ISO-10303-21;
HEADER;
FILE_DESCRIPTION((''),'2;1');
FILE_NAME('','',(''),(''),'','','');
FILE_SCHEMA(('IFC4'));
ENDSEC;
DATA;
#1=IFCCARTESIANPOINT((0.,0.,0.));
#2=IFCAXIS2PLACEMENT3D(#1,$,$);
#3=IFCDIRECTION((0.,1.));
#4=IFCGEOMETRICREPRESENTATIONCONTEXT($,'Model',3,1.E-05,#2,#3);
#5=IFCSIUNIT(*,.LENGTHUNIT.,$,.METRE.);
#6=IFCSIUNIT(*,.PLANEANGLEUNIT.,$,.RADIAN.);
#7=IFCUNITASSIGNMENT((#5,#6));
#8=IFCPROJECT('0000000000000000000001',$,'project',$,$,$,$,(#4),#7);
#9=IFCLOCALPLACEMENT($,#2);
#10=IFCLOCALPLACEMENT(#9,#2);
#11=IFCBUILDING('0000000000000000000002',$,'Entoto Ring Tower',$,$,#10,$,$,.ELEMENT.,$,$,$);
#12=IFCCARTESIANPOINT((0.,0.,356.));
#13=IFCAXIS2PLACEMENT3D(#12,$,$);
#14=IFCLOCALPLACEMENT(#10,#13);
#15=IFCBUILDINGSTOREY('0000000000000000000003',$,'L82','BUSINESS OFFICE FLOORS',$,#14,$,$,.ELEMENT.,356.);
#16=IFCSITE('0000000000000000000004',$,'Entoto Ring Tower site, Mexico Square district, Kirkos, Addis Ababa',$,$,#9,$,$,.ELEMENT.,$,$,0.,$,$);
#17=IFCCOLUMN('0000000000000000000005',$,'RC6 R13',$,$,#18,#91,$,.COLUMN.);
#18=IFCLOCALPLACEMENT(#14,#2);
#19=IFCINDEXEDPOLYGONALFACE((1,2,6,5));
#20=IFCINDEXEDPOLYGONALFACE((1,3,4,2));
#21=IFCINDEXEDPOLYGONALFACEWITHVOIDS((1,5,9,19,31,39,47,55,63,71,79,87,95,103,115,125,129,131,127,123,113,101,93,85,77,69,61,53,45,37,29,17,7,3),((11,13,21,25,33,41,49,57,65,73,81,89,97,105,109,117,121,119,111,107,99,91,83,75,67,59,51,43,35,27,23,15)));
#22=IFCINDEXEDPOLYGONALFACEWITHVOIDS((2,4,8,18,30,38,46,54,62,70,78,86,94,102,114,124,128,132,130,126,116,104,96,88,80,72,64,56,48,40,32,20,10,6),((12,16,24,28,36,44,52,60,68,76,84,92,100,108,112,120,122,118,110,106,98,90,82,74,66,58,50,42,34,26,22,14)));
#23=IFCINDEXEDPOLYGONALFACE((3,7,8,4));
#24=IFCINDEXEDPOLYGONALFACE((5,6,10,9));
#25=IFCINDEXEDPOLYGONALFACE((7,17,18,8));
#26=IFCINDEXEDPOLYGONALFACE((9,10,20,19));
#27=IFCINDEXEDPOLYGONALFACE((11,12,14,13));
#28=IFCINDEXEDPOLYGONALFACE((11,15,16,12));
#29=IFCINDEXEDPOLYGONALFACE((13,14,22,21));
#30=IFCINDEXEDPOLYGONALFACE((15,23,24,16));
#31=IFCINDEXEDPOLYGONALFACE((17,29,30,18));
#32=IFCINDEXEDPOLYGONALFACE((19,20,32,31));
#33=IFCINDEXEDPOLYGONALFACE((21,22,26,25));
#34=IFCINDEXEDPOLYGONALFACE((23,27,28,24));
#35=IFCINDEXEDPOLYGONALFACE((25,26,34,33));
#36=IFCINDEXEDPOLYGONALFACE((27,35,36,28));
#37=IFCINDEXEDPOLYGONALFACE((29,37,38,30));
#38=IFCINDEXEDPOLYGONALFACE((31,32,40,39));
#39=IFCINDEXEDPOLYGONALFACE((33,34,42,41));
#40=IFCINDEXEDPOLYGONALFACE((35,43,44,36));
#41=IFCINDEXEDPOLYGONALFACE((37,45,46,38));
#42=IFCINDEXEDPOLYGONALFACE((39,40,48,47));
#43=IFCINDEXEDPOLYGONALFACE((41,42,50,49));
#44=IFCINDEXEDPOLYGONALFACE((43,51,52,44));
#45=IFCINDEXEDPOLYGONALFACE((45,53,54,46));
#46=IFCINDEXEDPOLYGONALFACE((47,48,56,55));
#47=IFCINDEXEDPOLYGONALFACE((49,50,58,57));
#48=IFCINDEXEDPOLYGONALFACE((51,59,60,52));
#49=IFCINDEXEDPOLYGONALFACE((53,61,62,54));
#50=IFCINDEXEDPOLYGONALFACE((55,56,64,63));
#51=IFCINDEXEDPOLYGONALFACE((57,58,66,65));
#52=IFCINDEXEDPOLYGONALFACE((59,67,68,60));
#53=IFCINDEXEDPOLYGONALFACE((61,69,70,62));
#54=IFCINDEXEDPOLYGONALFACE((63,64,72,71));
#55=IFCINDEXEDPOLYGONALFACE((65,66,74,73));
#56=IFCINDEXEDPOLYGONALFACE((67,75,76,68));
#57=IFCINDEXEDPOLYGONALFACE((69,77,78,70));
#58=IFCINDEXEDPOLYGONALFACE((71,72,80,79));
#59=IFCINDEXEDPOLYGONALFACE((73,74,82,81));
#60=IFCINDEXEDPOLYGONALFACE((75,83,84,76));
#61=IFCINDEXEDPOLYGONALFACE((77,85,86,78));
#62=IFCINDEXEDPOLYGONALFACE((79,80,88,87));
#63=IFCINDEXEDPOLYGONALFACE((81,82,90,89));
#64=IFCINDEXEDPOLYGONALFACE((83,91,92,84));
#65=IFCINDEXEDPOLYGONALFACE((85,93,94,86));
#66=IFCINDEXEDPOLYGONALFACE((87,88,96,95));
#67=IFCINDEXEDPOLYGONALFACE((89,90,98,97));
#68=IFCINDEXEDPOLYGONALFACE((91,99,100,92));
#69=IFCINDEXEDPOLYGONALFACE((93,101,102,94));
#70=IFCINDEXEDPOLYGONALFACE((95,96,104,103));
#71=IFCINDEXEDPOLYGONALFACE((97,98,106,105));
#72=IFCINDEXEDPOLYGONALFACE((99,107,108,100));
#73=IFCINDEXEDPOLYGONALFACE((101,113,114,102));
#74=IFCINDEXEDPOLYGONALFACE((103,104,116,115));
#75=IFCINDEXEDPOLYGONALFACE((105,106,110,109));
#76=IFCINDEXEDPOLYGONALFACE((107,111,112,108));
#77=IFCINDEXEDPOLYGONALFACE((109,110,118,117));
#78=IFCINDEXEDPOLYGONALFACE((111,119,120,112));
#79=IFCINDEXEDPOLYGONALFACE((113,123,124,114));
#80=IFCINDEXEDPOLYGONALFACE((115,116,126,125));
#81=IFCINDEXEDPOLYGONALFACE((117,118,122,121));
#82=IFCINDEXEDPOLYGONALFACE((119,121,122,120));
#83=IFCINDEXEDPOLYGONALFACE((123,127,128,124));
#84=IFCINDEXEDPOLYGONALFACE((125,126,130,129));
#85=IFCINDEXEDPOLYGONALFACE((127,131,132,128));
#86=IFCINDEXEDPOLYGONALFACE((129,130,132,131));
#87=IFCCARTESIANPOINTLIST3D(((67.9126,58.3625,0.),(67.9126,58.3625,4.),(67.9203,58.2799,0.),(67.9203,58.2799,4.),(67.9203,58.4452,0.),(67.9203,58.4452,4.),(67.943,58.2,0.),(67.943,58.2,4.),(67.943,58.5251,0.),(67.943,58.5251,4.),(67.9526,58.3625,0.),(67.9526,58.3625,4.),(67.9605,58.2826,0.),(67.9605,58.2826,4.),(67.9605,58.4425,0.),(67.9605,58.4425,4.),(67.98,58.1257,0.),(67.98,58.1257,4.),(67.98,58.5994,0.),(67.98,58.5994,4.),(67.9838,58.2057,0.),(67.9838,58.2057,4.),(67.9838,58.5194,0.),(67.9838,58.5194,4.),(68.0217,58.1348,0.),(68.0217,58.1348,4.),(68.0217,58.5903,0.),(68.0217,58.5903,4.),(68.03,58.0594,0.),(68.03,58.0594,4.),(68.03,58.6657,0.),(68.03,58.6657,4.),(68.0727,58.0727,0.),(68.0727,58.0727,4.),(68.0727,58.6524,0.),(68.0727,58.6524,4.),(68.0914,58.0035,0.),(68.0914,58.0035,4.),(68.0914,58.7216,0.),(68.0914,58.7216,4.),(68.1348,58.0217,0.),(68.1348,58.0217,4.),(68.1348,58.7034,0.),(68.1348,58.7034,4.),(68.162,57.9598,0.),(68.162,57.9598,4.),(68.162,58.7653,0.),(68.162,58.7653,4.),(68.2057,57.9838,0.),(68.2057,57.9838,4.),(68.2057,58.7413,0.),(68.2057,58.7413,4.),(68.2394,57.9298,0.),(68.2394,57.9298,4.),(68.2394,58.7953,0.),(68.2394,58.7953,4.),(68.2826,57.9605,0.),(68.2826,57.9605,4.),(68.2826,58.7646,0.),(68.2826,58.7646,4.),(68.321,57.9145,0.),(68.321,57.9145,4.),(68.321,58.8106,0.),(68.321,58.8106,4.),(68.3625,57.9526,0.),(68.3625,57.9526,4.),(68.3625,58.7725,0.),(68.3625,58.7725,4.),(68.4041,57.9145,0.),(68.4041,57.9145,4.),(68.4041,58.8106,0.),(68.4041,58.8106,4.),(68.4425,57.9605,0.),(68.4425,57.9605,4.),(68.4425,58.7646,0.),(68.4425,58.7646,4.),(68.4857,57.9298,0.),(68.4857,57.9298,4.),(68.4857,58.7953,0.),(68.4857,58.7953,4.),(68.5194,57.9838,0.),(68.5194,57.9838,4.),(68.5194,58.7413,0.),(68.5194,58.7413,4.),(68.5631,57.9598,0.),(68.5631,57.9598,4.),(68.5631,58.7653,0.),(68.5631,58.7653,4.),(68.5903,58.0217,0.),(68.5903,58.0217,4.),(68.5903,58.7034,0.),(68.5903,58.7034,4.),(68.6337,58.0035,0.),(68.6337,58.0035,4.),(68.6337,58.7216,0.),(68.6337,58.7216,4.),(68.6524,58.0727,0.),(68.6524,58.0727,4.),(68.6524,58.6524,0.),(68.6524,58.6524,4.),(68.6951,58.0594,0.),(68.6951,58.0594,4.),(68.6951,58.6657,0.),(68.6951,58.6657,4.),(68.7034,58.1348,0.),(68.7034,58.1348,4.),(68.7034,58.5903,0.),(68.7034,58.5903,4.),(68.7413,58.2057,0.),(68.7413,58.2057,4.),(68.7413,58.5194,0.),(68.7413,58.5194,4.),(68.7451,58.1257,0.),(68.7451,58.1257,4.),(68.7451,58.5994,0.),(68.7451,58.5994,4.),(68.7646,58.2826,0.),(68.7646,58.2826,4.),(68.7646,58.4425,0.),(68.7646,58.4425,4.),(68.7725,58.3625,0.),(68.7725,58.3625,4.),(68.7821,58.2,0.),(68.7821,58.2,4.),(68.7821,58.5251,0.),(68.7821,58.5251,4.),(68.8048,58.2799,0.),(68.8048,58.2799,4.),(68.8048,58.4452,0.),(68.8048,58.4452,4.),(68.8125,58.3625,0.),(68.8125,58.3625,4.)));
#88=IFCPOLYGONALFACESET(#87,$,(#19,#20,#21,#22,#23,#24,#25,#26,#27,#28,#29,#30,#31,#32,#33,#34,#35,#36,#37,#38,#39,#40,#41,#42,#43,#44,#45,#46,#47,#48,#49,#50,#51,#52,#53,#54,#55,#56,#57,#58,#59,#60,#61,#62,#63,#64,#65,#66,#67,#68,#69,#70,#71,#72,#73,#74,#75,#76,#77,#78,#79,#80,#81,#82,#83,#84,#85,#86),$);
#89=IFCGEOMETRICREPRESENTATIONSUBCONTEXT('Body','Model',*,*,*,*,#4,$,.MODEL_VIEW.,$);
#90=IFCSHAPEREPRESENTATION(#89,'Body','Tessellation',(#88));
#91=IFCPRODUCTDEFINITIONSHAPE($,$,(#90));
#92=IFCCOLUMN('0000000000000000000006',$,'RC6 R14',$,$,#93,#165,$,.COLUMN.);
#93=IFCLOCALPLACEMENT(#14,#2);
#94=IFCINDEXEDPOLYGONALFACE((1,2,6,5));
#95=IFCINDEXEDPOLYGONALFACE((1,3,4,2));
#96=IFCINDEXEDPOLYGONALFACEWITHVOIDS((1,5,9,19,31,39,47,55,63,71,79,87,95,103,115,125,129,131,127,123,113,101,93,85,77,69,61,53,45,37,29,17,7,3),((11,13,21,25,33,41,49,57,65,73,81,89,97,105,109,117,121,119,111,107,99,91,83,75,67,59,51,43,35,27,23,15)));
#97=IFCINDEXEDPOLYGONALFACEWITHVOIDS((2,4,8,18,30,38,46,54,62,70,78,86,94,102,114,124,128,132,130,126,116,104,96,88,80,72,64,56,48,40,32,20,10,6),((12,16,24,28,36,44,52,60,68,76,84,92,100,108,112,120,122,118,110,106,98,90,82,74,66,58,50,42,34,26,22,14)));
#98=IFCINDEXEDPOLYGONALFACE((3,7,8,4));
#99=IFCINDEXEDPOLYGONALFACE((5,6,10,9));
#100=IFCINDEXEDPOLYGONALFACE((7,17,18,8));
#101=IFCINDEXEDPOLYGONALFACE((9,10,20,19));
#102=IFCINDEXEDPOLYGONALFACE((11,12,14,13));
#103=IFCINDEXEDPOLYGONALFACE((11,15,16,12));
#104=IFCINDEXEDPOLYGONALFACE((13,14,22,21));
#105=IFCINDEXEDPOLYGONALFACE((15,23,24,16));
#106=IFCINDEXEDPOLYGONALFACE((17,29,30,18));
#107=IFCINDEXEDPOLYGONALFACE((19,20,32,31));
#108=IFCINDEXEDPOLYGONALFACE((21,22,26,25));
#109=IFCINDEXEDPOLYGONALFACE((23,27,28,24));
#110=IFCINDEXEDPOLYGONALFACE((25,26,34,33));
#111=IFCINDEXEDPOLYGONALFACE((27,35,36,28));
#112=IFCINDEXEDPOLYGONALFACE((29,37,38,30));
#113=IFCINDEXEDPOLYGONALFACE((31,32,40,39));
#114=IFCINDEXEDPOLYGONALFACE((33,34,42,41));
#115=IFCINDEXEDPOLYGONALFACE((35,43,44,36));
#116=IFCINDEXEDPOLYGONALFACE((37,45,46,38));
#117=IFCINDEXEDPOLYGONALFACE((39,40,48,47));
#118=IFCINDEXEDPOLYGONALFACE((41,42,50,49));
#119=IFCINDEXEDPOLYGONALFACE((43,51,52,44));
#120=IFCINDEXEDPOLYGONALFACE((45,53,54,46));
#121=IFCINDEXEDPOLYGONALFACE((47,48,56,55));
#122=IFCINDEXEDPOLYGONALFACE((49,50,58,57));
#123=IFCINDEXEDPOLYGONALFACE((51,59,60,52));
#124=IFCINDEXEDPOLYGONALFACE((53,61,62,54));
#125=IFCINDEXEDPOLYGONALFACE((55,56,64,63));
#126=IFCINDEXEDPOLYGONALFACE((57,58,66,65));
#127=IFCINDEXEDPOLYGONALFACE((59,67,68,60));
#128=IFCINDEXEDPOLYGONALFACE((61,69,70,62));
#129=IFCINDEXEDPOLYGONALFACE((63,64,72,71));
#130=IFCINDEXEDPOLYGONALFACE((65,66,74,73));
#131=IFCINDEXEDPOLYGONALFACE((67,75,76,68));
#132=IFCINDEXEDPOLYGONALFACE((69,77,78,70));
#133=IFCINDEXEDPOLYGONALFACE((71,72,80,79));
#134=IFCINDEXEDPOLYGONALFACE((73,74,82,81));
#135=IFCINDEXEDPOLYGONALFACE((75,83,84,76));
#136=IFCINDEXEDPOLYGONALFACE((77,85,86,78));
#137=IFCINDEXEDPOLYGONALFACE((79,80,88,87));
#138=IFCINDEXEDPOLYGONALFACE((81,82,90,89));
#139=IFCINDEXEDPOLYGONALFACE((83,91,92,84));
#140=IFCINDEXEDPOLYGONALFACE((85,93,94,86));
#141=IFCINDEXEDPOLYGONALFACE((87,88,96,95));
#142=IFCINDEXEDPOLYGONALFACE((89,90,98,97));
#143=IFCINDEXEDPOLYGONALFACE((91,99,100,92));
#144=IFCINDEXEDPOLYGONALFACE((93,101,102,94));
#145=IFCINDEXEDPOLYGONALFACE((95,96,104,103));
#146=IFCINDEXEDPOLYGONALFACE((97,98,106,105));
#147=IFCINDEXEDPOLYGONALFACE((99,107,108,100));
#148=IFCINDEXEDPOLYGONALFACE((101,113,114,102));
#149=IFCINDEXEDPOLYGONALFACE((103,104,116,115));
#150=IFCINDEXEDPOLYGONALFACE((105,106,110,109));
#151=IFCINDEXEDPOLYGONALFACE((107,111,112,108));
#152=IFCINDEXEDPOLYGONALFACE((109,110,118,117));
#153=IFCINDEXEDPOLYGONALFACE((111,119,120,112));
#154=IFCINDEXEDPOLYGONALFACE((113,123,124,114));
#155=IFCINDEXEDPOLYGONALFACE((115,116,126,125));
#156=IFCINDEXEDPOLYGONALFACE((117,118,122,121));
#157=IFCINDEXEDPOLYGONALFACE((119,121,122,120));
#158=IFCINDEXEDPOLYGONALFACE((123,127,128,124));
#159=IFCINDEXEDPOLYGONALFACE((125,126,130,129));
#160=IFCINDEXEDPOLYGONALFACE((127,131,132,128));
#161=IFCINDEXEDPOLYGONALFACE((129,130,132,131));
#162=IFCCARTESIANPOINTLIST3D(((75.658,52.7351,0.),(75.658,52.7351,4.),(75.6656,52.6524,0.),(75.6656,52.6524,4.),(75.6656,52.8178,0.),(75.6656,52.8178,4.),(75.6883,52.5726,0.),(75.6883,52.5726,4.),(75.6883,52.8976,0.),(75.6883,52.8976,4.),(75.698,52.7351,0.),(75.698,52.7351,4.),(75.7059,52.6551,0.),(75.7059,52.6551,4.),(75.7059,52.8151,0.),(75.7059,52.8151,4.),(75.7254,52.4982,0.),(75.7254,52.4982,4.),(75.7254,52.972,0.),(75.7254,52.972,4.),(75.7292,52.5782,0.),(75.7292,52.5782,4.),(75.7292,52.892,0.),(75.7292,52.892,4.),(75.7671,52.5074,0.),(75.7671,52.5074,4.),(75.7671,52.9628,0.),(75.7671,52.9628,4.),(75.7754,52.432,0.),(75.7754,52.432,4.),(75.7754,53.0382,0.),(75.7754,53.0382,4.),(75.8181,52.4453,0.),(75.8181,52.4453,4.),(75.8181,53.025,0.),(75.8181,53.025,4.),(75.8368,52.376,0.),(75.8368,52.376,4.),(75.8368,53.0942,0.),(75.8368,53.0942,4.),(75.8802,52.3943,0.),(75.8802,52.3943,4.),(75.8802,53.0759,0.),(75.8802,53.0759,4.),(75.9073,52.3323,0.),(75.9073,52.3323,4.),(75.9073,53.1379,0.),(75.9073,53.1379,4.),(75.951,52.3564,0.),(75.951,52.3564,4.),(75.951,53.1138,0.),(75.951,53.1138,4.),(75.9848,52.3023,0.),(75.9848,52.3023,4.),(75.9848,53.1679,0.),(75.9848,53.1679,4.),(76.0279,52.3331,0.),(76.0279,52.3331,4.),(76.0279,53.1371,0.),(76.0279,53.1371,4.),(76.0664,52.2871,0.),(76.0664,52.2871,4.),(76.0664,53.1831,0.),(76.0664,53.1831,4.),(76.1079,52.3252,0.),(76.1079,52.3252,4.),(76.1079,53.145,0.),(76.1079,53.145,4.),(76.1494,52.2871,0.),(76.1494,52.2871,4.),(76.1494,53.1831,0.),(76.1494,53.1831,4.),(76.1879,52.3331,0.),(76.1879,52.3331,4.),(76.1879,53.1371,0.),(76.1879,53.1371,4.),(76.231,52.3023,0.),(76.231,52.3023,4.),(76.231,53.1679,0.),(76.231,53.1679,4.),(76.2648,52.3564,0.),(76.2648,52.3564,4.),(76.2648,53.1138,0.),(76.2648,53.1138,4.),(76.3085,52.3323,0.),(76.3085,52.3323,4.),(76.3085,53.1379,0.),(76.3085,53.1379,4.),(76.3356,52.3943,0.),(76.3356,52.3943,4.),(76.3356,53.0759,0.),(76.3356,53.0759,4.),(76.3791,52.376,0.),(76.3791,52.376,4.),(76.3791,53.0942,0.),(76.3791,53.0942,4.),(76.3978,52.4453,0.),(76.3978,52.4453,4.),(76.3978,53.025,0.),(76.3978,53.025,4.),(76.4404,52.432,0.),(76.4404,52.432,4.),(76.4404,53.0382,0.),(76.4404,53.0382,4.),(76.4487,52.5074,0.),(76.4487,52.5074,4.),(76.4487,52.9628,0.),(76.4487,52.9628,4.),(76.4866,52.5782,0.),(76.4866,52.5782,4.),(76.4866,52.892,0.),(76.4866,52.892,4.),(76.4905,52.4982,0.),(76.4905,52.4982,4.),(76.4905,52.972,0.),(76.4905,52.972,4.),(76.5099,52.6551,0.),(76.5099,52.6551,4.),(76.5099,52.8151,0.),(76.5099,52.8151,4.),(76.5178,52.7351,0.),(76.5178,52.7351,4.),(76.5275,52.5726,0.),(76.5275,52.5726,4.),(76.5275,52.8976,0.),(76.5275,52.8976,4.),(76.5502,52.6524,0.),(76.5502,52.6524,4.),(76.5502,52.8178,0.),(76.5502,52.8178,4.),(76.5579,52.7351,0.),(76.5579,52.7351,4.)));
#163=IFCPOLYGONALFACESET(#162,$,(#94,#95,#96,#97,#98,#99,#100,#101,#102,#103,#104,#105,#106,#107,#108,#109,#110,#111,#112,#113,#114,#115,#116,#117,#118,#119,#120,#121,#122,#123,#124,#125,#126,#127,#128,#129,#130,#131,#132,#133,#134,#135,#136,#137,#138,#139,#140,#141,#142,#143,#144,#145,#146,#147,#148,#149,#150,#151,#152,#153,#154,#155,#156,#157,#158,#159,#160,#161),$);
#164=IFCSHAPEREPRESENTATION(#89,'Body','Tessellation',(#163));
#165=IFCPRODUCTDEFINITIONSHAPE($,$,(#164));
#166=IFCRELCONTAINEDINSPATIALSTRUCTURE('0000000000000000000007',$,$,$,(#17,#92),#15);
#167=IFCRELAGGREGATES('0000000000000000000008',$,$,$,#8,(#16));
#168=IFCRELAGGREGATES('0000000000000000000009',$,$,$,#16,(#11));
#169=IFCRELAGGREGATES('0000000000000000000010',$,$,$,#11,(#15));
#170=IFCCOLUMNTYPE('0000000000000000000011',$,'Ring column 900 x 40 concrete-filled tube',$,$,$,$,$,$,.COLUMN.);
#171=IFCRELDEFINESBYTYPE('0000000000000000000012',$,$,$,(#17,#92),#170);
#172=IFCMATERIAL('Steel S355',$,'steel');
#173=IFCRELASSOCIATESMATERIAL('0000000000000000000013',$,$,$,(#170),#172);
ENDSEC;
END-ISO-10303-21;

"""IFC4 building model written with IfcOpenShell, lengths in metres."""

from ifc_helpers import new_model, si_unit, direction, frame, origin, origin_2d, place, context, subcontext, project, spatial, circle, hollow_circle, extrude, material, material_profile, profile_set, type_object, element, save


model = new_model("IFC4")

# Units and contexts
model_context = context("Model", 3, precision=1e-05, world=origin(), true_north=direction((0.0, 1.0)))
body_context = subcontext(model_context, "Body", "Model", "MODEL_VIEW")
ifc_project = project(units=[si_unit("LENGTHUNIT", "METRE"), si_unit("PLANEANGLEUNIT", "RADIAN")], contexts=[model_context])

# Site, building, storey
site_placement = place(None, origin())
site = spatial("IfcSite", under=ifc_project, at=site_placement, Name="Entoto Ring Tower site, Mexico Square district, Kirkos, Addis Ababa", CompositionType="ELEMENT", RefElevation=0.0)
building_placement = place(site_placement, origin())
building = spatial("IfcBuilding", under=site, at=building_placement, Name="Entoto Ring Tower", CompositionType="ELEMENT")
storey_placement = place(building_placement, frame((0.0, 0.0, 356.0)))
storey = spatial("IfcBuildingStorey", under=building, at=storey_placement, Name="L82", Description="BUSINESS OFFICE FLOORS", CompositionType="ELEMENT", Elevation=356.0)

# Columns
ifc_material_1 = material(Name="Steel S355", Category="steel")
ifc_material_profile_1 = material_profile(ifc_material_1, hollow_circle(Radius=0.45, WallThickness=0.04, at=origin_2d()), Name="CHS 900 x 40")
ifc_material_2 = material(Name="Concrete C60/75", Category="concrete")
ifc_material_profile_2 = material_profile(ifc_material_2, circle(Radius=0.4099, at=origin_2d()), Name="Concrete C60/75 infill")
ifc_profile_set_1 = profile_set([ifc_material_profile_1, ifc_material_profile_2], Name="Steel S355")
column_type = type_object("IfcColumnType", Name="Ring column 900 x 40 concrete-filled tube", PredefinedType="COLUMN", material=ifc_profile_set_1)
for number, where, z_axis, x_axis, name in (
    (1, (68.3625, 58.3625, 0.0), (0.0, 0.0, 1.0), (1.0, 0.0, 0.0), "RC6 R13"),
    (2, (76.1079, 52.7351, 0.0), (0.0, 0.0, 1.0), (1.0, 0.0, 0.0), "RC6 R14"),
):
    element("IfcColumn", number, at=place(storey_placement, frame(where, z_axis=z_axis, x_axis=x_axis)), inside=storey, type_object=column_type, Name=name, PredefinedType="COLUMN", context=body_context, shape_type="SweptSolid", body=[
        extrude(hollow_circle(Radius=0.45, WallThickness=0.04, at=origin_2d()), origin(), (0.0, 0.0, 1.0), 4.0),
    ])

save(model, "model.ifc")
